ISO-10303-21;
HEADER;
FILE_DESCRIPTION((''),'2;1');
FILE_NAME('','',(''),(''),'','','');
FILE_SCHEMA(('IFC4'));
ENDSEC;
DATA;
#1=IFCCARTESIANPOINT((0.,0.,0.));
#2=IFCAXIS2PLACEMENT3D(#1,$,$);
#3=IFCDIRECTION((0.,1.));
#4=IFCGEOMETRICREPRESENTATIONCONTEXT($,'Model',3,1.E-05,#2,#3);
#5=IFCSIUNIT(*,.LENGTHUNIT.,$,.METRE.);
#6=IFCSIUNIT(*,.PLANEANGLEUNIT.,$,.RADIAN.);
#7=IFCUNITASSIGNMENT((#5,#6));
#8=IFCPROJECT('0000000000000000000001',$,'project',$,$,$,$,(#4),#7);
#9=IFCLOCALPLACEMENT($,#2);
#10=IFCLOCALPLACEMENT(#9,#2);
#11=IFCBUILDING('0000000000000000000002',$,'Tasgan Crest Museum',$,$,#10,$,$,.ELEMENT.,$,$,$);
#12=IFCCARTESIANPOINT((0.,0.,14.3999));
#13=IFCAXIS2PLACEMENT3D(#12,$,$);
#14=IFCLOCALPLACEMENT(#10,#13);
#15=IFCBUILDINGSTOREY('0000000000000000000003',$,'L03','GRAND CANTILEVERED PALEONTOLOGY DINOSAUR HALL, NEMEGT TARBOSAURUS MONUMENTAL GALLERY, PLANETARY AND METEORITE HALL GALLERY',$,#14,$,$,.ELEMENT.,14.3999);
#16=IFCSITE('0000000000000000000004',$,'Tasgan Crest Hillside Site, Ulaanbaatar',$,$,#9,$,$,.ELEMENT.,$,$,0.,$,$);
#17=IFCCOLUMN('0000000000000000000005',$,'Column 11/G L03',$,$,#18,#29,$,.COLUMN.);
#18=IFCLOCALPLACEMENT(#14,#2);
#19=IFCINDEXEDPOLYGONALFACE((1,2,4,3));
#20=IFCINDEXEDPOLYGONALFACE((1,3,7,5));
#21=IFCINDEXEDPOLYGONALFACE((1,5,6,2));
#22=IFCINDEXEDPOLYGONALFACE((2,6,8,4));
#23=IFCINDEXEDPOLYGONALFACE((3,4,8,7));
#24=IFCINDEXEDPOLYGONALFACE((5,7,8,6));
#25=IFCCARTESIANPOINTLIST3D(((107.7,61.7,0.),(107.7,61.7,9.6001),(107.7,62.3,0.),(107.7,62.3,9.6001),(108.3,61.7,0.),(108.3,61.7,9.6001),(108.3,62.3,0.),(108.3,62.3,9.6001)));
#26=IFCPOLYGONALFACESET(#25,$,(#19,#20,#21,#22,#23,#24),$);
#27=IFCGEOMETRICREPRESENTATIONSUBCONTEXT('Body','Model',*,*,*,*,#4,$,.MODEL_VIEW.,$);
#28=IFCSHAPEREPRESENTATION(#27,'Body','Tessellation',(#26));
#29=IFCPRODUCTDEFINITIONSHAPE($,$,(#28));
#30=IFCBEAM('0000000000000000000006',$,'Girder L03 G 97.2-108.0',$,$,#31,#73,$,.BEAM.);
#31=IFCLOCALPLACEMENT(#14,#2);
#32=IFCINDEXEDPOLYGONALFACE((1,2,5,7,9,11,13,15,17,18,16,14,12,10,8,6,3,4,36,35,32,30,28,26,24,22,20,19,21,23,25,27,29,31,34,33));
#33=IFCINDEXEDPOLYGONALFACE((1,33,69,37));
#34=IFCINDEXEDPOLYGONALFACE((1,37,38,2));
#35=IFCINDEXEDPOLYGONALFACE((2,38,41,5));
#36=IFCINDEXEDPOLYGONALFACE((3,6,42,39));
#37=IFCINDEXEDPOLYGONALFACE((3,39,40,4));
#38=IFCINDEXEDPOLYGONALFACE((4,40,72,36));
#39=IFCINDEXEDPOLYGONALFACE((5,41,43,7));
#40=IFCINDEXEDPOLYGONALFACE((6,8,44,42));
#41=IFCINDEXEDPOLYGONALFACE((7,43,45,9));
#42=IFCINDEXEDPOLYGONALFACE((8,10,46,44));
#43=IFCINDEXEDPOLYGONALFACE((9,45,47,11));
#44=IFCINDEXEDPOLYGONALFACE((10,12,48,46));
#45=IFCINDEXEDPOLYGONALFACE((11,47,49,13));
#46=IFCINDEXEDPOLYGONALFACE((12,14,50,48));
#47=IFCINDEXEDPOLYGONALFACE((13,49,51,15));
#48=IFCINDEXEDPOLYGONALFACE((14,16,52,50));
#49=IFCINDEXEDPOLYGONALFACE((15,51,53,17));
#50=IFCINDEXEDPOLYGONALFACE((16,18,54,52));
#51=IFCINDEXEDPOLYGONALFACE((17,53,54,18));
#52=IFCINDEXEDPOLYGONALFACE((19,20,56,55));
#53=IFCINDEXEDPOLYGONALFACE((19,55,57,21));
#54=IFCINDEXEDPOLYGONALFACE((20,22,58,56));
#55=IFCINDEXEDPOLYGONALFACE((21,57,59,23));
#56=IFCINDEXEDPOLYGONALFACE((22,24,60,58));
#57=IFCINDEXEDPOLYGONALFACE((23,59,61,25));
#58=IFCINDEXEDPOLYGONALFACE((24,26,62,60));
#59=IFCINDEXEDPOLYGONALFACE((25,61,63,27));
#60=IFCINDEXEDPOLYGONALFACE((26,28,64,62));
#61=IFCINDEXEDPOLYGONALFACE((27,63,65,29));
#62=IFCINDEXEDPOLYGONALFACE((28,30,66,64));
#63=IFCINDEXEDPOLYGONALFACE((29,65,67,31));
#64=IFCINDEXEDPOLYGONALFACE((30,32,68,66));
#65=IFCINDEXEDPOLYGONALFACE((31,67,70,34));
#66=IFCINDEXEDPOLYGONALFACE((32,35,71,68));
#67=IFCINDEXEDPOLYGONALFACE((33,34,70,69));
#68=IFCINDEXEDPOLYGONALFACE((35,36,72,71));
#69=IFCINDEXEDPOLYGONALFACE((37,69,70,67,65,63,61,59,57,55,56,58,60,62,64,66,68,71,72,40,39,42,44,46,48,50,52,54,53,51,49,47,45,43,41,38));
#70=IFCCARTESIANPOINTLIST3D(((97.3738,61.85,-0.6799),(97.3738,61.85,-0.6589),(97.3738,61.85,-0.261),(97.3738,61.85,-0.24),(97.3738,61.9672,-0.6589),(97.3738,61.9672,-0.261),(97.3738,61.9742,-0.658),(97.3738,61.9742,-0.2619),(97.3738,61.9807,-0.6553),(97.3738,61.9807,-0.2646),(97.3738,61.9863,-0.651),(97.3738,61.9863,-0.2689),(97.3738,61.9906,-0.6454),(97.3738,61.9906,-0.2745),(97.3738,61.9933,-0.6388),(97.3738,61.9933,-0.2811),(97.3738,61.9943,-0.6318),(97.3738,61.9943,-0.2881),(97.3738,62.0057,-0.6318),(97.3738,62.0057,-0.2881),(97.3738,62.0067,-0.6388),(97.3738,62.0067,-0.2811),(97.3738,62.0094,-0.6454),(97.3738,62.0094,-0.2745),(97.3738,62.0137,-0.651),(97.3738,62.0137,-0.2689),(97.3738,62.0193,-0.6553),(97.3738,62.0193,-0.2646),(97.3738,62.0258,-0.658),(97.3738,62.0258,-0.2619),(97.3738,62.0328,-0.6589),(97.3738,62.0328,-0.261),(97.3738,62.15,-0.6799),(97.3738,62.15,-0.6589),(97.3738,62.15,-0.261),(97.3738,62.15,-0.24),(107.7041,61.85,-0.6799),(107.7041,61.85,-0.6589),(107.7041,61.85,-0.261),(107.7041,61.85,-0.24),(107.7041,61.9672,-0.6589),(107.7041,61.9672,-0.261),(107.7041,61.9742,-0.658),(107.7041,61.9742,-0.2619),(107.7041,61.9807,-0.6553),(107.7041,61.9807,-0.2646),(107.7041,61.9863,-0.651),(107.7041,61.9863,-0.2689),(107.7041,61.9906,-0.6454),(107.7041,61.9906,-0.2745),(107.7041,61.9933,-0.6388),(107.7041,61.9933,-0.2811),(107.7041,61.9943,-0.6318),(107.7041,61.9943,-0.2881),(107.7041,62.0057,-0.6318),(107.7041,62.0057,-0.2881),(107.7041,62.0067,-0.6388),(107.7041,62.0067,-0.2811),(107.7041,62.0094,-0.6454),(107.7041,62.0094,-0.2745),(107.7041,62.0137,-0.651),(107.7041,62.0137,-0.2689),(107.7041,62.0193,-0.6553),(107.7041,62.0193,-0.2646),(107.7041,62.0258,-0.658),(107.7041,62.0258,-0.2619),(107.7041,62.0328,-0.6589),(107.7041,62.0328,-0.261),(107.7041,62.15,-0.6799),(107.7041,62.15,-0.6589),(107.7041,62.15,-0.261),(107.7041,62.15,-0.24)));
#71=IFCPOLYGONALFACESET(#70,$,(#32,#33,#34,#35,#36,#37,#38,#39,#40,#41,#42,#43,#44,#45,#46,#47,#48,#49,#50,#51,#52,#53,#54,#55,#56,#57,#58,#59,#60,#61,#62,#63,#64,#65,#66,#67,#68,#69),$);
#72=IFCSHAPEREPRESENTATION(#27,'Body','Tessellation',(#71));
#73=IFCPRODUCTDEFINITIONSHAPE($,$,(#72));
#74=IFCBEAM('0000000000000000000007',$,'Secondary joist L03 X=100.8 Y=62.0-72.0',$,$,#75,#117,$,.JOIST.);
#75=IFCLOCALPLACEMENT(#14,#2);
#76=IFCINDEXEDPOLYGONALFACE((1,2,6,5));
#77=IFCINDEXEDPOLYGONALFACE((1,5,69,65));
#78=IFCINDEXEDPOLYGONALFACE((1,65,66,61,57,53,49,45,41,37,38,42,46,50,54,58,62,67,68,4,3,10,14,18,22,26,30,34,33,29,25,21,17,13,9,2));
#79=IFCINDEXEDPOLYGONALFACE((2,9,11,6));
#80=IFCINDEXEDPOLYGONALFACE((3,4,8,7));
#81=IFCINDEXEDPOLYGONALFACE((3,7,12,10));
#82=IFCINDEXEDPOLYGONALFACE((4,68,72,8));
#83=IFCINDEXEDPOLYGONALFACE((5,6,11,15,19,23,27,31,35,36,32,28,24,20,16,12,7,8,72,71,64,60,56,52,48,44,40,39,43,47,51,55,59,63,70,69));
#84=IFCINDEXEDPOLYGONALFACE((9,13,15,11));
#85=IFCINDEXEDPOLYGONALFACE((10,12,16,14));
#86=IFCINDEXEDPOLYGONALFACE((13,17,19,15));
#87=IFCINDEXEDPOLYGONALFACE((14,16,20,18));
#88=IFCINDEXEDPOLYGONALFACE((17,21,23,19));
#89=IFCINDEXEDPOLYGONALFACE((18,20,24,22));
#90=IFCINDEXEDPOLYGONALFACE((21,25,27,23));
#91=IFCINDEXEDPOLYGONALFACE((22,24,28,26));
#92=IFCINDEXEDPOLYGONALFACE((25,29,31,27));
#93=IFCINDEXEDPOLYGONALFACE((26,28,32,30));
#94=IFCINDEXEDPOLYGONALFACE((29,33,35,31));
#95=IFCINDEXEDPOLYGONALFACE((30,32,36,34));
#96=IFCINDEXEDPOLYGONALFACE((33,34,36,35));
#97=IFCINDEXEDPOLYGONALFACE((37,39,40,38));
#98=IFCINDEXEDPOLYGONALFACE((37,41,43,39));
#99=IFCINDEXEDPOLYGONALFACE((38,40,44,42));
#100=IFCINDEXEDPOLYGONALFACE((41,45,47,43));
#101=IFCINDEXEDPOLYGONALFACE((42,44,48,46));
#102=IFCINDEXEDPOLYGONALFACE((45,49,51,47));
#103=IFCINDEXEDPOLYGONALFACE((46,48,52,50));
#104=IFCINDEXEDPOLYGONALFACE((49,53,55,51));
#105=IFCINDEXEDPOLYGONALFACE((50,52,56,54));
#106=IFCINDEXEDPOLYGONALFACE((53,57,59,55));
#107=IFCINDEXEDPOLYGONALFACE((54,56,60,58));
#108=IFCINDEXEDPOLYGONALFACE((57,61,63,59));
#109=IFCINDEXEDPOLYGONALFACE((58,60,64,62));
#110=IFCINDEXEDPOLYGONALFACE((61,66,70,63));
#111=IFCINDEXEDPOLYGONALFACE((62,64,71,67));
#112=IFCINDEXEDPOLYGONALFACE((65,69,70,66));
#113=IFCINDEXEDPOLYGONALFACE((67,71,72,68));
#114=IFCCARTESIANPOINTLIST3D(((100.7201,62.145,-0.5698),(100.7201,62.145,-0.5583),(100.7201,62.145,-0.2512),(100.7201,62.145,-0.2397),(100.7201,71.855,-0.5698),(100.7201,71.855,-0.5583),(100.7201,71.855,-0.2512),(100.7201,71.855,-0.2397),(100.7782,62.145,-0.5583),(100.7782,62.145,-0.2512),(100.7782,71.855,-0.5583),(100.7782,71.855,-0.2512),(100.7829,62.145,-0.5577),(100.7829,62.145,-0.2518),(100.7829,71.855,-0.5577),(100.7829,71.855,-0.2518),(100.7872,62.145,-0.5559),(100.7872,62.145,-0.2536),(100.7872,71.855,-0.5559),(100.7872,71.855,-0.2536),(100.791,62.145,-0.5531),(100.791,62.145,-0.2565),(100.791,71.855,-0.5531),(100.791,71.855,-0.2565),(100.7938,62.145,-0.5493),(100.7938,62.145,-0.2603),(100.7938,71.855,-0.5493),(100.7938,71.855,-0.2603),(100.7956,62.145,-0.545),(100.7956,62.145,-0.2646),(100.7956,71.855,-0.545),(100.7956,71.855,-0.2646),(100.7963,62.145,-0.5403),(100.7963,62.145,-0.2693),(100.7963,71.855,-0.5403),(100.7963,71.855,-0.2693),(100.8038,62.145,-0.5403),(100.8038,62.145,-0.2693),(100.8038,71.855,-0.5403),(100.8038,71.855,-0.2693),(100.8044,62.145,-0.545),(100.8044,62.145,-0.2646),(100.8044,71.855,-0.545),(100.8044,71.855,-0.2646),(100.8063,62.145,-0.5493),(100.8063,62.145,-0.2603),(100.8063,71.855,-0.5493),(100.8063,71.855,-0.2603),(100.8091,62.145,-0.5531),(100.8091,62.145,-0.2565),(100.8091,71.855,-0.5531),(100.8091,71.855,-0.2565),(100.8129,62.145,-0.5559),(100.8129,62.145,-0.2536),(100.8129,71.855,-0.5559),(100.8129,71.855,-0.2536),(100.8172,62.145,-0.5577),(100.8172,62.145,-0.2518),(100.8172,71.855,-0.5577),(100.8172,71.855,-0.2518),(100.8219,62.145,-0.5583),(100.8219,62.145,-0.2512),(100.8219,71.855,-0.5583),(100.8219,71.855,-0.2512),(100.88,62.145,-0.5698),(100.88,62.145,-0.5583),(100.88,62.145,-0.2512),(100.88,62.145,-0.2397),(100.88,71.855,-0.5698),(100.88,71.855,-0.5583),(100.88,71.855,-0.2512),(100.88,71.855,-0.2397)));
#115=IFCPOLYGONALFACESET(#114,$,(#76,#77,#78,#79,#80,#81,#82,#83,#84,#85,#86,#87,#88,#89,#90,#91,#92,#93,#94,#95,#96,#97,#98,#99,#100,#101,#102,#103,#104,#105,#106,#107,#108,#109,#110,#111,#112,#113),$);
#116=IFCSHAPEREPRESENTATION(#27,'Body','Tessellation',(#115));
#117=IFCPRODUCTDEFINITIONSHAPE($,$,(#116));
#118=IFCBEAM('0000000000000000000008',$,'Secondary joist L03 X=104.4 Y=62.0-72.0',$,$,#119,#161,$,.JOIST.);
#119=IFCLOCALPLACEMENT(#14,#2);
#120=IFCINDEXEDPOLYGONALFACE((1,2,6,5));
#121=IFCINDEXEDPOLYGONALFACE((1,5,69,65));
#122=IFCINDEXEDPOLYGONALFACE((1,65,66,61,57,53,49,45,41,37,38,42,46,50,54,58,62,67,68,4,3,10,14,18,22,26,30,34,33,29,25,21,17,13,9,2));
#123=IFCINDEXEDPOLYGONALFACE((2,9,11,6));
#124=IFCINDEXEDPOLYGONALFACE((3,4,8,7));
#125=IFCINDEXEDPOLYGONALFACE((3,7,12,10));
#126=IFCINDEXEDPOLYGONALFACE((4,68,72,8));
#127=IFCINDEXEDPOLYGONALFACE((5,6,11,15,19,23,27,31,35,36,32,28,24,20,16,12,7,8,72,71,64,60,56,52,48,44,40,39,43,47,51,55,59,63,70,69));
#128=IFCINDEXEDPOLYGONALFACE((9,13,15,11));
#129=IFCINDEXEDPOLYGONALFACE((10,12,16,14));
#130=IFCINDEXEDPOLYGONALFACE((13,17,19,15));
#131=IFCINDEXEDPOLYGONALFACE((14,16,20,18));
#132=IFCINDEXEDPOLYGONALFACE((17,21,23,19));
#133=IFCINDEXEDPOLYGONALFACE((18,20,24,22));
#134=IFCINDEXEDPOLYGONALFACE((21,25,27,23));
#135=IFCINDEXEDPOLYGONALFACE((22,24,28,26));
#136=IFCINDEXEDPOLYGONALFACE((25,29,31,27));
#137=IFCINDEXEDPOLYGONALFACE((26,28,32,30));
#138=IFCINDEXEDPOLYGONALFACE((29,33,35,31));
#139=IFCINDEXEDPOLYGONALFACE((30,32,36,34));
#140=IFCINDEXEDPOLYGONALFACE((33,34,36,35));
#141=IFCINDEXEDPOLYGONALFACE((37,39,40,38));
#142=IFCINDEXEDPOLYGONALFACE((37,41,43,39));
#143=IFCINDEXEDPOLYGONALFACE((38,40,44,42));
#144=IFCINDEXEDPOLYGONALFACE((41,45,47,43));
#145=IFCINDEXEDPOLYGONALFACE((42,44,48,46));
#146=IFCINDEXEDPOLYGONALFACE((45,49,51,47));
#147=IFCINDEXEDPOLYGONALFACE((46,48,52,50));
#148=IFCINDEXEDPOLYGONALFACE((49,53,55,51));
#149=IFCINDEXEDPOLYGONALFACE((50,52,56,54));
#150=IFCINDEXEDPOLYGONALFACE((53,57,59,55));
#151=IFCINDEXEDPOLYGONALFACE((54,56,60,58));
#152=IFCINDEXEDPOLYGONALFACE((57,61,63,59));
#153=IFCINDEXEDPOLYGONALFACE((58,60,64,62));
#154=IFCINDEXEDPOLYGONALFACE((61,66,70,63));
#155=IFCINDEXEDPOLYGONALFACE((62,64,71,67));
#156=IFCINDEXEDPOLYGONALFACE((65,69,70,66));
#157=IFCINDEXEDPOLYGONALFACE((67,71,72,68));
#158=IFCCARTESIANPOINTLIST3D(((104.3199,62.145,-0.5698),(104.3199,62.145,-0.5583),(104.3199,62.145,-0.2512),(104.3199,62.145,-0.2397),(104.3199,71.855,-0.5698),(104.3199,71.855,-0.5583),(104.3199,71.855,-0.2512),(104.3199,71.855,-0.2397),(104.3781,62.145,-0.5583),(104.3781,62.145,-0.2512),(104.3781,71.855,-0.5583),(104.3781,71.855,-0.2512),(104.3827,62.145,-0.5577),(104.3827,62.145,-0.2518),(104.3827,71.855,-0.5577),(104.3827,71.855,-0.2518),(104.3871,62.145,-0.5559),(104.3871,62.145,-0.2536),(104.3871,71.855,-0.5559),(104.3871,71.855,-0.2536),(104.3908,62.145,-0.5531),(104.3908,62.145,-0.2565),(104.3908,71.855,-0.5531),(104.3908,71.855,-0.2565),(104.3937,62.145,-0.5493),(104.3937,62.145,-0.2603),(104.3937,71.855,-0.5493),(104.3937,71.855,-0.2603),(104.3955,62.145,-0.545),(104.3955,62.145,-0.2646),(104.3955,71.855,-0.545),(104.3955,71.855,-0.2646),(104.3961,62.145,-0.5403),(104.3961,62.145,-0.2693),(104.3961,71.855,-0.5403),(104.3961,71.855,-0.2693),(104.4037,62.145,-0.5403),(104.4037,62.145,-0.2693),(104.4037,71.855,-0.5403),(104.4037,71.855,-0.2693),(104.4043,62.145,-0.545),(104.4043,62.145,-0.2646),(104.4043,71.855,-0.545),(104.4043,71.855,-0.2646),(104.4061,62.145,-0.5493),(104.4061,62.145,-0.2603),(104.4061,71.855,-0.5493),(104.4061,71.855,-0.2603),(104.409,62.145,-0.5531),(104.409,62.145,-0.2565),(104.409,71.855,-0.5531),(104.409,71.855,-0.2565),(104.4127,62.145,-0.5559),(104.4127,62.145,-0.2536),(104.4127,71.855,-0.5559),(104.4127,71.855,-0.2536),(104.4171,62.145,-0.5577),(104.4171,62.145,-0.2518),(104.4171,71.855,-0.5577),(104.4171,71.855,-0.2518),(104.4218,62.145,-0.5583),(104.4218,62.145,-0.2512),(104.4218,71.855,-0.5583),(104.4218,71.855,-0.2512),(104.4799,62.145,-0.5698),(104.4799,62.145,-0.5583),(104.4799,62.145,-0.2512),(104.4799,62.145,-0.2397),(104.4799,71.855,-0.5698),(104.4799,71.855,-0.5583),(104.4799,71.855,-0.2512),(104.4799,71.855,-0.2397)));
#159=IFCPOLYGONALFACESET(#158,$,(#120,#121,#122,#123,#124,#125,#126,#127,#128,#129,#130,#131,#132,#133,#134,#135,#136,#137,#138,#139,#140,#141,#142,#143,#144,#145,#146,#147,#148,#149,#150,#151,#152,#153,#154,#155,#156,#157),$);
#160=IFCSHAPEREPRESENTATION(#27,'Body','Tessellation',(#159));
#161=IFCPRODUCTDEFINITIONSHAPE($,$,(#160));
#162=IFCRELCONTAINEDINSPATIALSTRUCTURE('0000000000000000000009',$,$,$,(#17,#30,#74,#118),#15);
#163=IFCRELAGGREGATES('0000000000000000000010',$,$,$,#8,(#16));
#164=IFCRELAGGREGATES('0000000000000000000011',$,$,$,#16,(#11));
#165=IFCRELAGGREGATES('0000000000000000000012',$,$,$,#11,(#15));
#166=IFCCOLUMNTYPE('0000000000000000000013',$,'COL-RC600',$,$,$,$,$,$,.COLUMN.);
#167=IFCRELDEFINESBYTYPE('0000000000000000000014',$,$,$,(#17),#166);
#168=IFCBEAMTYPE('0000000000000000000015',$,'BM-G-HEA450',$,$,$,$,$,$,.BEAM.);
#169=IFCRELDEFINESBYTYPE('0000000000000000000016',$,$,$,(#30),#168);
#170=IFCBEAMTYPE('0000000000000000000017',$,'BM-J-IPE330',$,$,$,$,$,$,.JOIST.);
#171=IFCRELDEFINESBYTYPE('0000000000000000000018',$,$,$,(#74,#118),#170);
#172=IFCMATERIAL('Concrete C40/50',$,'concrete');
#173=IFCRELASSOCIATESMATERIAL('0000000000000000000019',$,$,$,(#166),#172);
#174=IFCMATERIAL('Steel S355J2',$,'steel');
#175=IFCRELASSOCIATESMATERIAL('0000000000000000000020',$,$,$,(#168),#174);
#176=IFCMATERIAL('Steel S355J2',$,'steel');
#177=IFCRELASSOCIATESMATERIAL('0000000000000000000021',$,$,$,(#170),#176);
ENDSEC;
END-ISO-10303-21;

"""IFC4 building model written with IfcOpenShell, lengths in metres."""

from ifc_helpers import new_model, si_unit, direction, frame, origin, origin_2d, place, context, subcontext, project, spatial, rectangle, i_section, extrude, material, material_profile, profile_set, type_object, element, save


model = new_model("IFC4")

# Units and contexts
model_context = context("Model", 3, precision=1e-05, world=origin(), true_north=direction((0.0, 1.0)))
body_context = subcontext(model_context, "Body", "Model", "MODEL_VIEW")
ifc_project = project(units=[si_unit("LENGTHUNIT", "METRE"), si_unit("PLANEANGLEUNIT", "RADIAN")], contexts=[model_context])

# Site, building, storey
site_placement = place(None, origin())
site = spatial("IfcSite", under=ifc_project, at=site_placement, Name="Tasgan Crest Hillside Site, Ulaanbaatar", CompositionType="ELEMENT", RefElevation=0.0)
building_placement = place(site_placement, origin())
building = spatial("IfcBuilding", under=site, at=building_placement, Name="Tasgan Crest Museum", CompositionType="ELEMENT")
storey_placement = place(building_placement, frame((0.0, 0.0, 14.3999)))
storey = spatial("IfcBuildingStorey", under=building, at=storey_placement, Name="L03", Description="GRAND CANTILEVERED PALEONTOLOGY DINOSAUR HALL, NEMEGT TARBOSAURUS MONUMENTAL GALLERY, PLANETARY AND METEORITE HALL GALLERY", CompositionType="ELEMENT", Elevation=14.3999)

# Column
ifc_material_1 = material(Name="Concrete C40/50", Category="concrete")
ifc_material_profile_1 = material_profile(ifc_material_1, rectangle(XDim=0.6001, YDim=0.6001, at=origin_2d()), Name="RC 600x600")
ifc_profile_set_1 = profile_set([ifc_material_profile_1], Name="Concrete C40/50")
column_type = type_object("IfcColumnType", Name="COL-RC600", PredefinedType="COLUMN", material=ifc_profile_set_1)
column_placement = place(storey_placement, frame((108.0, 62.0, 0.0), z_axis=(0.0, 0.0, 1.0), x_axis=(1.0, 0.0, 0.0)))
element("IfcColumn", 1, at=column_placement, inside=storey, type_object=column_type, Name="Column 11/G L03", PredefinedType="COLUMN", context=body_context, shape_type="SweptSolid", body=[
    extrude(rectangle(XDim=0.6001, YDim=0.6001, at=origin_2d()), origin(), (0.0, 0.0, 1.0), 9.6001),
])

# Beams
ifc_material_2 = material(Name="Steel S355J2", Category="steel")
ifc_material_profile_2 = material_profile(ifc_material_2, i_section(OverallWidth=0.3, OverallDepth=0.4399, WebThickness=0.0115, FlangeThickness=0.021, FilletRadius=0.0271, at=origin_2d()), Name="HEA 450")
ifc_profile_set_2 = profile_set([ifc_material_profile_2], Name="Steel S355J2")
beam_type_1 = type_object("IfcBeamType", Name="BM-G-HEA450", PredefinedType="BEAM", material=ifc_profile_set_2)
beam_placement = place(storey_placement, frame((97.3738, 62.0, -0.46), z_axis=(1.0, 0.0, 0.0), x_axis=(0.0, 1.0, 0.0)))
element("IfcBeam", 2, at=beam_placement, inside=storey, type_object=beam_type_1, Name="Girder L03 G 97.2-108.0", PredefinedType="BEAM", context=body_context, shape_type="SweptSolid", body=[
    extrude(i_section(OverallWidth=0.3, OverallDepth=0.4399, WebThickness=0.0115, FlangeThickness=0.021, FilletRadius=0.0271, at=origin_2d()), origin(), (0.0, 0.0, 1.0), 10.3303),
])
ifc_material_3 = material(Name="Steel S355J2", Category="steel")
ifc_material_profile_3 = material_profile(ifc_material_3, i_section(OverallWidth=0.1599, OverallDepth=0.3301, WebThickness=0.0076, FlangeThickness=0.0115, FilletRadius=0.0181, at=origin_2d()), Name="IPE 330")
ifc_profile_set_3 = profile_set([ifc_material_profile_3], Name="Steel S355J2")
beam_type_2 = type_object("IfcBeamType", Name="BM-J-IPE330", PredefinedType="JOIST", material=ifc_profile_set_3)
for number, where, z_axis, x_axis, name in (
    (3, (100.8, 62.145, -0.4048), (0.0, 1.0, 0.0), (-1.0, 0.0, 0.0), "Secondary joist L03 X=100.8 Y=62.0-72.0"),
    (4, (104.3999, 62.145, -0.4048), (0.0, 1.0, 0.0), (-1.0, 0.0, 0.0), "Secondary joist L03 X=104.4 Y=62.0-72.0"),
):
    element("IfcBeam", number, at=place(storey_placement, frame(where, z_axis=z_axis, x_axis=x_axis)), inside=storey, type_object=beam_type_2, Name=name, PredefinedType="JOIST", context=body_context, shape_type="SweptSolid", body=[
        extrude(i_section(OverallWidth=0.1599, OverallDepth=0.3301, WebThickness=0.0076, FlangeThickness=0.0115, FilletRadius=0.0181, at=origin_2d()), origin(), (0.0, 0.0, 1.0), 9.71),
    ])

save(model, "model.ifc")
